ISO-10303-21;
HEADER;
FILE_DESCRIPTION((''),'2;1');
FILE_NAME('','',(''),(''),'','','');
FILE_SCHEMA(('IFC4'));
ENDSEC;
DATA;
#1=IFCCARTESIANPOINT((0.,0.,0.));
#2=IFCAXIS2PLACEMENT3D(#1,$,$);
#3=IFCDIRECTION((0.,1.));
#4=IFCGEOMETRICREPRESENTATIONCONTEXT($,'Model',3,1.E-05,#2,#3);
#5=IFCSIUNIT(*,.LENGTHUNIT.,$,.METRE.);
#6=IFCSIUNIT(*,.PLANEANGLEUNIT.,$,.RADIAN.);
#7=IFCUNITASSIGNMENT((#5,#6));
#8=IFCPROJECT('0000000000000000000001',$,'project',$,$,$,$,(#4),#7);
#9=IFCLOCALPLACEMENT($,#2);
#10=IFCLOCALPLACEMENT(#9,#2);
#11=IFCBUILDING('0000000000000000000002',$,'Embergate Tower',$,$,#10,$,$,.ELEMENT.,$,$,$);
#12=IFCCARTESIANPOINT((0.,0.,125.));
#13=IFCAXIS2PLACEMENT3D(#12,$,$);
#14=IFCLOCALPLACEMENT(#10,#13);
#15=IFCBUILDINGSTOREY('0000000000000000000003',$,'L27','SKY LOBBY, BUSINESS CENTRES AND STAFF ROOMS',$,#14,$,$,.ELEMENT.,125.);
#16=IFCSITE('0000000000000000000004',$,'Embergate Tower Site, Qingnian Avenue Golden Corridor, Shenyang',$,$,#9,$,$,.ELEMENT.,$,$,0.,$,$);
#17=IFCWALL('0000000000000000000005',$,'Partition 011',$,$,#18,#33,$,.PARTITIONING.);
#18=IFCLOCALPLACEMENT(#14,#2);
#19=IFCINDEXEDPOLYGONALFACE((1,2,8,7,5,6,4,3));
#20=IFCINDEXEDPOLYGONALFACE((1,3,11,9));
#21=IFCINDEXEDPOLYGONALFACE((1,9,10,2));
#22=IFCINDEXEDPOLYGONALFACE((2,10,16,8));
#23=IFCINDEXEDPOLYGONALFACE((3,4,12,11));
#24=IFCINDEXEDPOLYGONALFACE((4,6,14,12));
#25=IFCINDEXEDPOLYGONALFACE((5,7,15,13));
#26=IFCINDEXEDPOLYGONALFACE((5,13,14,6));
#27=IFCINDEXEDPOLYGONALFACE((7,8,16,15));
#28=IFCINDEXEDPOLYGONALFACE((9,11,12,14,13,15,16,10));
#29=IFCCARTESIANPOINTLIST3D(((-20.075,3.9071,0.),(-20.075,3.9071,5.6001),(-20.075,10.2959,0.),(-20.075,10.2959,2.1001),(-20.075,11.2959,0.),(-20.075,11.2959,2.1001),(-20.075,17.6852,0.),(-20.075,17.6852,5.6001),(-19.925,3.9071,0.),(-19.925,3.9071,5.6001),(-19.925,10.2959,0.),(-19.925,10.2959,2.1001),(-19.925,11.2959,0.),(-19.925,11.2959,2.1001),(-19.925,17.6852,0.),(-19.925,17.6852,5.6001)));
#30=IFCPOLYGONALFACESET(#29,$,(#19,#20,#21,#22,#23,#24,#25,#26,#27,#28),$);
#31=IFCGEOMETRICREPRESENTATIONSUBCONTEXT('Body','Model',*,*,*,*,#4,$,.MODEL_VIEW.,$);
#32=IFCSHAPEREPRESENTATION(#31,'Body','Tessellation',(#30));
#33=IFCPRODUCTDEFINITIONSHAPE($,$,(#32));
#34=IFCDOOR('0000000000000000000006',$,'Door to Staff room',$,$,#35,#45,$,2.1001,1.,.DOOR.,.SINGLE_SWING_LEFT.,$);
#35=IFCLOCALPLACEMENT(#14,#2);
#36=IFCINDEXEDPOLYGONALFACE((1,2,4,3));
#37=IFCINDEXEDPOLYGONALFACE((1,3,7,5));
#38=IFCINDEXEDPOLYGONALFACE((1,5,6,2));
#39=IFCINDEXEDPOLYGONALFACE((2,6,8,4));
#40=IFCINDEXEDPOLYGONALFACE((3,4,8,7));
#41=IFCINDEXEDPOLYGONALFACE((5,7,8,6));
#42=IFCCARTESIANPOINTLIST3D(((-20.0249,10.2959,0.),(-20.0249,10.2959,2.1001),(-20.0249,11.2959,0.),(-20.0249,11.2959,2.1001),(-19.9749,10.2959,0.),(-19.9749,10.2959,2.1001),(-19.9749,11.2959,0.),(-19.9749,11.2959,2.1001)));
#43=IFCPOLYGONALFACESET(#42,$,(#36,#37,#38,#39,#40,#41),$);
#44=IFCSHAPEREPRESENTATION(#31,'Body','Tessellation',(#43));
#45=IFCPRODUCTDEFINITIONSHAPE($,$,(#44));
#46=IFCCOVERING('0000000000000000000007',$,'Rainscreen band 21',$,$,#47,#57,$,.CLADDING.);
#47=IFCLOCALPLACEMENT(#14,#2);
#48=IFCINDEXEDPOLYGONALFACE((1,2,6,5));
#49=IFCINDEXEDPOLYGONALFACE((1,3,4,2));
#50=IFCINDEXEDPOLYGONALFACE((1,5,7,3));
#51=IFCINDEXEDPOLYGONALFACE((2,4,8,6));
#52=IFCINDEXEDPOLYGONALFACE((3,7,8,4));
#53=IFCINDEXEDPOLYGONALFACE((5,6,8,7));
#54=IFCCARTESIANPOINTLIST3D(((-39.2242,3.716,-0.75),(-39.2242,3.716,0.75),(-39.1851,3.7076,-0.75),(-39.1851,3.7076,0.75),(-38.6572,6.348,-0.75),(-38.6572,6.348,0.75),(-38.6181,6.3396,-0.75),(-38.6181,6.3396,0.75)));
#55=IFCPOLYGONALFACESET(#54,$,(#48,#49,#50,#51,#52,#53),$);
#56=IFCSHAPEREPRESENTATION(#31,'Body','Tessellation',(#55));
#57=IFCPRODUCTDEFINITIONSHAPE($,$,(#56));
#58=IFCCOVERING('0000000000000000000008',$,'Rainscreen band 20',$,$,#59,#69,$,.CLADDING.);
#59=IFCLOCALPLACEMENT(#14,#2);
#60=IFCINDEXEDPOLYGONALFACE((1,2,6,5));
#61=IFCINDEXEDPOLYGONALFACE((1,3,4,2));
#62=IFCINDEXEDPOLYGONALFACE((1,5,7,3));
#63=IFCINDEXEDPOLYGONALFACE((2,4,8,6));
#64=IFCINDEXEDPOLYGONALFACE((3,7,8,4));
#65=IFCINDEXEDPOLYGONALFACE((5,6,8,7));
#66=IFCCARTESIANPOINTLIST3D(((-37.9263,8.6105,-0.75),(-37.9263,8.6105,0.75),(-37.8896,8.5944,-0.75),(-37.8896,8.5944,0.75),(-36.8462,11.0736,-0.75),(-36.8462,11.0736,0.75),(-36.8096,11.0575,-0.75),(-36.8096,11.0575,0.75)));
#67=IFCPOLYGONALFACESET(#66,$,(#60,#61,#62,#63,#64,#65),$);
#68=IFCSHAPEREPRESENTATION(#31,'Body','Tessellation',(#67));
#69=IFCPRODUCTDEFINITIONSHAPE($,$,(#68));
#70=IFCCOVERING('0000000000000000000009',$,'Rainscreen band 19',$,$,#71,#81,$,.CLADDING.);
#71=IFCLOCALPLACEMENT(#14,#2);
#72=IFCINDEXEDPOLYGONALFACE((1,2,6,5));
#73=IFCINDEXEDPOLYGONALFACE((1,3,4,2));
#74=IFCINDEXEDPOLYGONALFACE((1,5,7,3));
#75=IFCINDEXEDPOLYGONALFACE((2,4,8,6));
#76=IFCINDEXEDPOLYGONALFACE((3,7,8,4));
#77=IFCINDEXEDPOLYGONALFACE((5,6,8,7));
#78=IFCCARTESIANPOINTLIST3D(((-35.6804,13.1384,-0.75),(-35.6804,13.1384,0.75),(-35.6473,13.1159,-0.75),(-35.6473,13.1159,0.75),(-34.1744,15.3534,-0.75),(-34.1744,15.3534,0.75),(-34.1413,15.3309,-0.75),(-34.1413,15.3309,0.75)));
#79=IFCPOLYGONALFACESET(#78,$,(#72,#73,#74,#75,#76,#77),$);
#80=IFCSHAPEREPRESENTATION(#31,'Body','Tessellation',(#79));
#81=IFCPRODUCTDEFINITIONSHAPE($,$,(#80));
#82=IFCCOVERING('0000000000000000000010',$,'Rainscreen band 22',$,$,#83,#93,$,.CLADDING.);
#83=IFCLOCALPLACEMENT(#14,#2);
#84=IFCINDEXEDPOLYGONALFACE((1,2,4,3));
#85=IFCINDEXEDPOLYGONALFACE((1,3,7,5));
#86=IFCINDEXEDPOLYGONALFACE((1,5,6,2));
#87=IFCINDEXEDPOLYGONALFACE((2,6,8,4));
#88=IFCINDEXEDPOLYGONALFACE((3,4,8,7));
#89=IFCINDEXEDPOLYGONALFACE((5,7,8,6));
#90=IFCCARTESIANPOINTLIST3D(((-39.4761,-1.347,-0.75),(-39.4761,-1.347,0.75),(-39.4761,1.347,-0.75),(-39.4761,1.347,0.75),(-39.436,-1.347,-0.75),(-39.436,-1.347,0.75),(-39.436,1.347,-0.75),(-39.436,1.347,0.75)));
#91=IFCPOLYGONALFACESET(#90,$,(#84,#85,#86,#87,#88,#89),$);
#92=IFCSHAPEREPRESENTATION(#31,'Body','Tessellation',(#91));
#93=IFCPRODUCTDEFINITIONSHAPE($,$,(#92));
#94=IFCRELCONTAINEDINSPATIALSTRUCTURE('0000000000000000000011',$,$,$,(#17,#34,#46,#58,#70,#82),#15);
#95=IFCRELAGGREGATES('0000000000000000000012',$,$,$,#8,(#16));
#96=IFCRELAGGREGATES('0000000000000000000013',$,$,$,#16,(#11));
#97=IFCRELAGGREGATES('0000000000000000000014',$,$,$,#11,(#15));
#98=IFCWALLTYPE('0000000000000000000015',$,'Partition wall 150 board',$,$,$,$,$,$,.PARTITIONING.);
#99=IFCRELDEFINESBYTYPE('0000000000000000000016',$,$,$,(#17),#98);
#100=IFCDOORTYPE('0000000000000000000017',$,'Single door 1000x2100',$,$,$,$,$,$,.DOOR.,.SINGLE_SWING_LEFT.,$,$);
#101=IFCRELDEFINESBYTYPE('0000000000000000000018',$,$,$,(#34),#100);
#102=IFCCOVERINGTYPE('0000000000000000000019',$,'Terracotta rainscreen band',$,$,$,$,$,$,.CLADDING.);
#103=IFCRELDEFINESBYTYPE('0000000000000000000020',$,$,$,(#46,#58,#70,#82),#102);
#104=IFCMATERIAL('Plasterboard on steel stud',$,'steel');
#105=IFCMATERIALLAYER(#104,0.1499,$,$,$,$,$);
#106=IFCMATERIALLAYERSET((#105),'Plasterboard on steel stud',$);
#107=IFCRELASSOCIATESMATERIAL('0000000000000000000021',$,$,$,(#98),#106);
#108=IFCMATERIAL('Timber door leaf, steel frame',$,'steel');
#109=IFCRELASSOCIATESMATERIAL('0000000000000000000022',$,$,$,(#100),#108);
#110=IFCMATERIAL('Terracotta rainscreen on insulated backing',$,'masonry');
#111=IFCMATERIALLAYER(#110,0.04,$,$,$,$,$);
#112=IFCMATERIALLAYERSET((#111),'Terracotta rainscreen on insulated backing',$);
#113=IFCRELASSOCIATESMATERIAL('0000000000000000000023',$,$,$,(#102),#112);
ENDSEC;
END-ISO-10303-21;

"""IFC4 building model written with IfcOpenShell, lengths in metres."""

from ifc_helpers import new_model, si_unit, direction, frame, frame_2d, origin, origin_2d, place, context, subcontext, project, spatial, rectangle, extrude, source, transform, mapped, material, layer, layer_set, type_object, element, fill, save


model = new_model("IFC4")

# Units and contexts
model_context = context("Model", 3, precision=1e-05, world=origin(), true_north=direction((0.0, 1.0)))
body_context = subcontext(model_context, "Body", "Model", "MODEL_VIEW")
ifc_project = project(units=[si_unit("LENGTHUNIT", "METRE"), si_unit("PLANEANGLEUNIT", "RADIAN")], contexts=[model_context])

# Site, building, storey
site_placement = place(None, origin())
site = spatial("IfcSite", under=ifc_project, at=site_placement, Name="Embergate Tower Site, Qingnian Avenue Golden Corridor, Shenyang", CompositionType="ELEMENT", RefElevation=0.0)
building_placement = place(site_placement, origin())
building = spatial("IfcBuilding", under=site, at=building_placement, Name="Embergate Tower", CompositionType="ELEMENT")
storey_placement = place(building_placement, frame((0.0, 0.0, 125.0)))
storey = spatial("IfcBuildingStorey", under=building, at=storey_placement, Name="L27", Description="SKY LOBBY, BUSINESS CENTRES AND STAFF ROOMS", CompositionType="ELEMENT", Elevation=125.0)

# Shared definitions
ifc_material_1 = material(Name="Plasterboard on steel stud", Category="steel")
ifc_layer_1 = layer(ifc_material_1, 0.1499)
ifc_layer_set_1 = layer_set([ifc_layer_1], Name="Plasterboard on steel stud")
wall_type = type_object("IfcWallType", Name="Partition wall 150 board", PredefinedType="PARTITIONING", material=ifc_layer_set_1)

# Wall, opening, door
shared_shape_1 = source(origin(), body_context, "Body", "SweptSolid", [
    extrude(rectangle(XDim=13.7781, YDim=0.1499, at=frame_2d((6.8892, 0.0))), origin(), (0.0, 0.0, 1.0), 5.6001),
])
wall_1_placement = place(storey_placement, frame((-20.0, 3.907, 0.0), z_axis=(0.0, 0.0, 1.0), x_axis=(0.0, 1.0, 0.0)))
wall_1 = element("IfcWall", 1, at=wall_1_placement, inside=storey, type_object=wall_type, Name="Partition 011", PredefinedType="PARTITIONING", context=body_context, shape_type="MappedRepresentation", body=[
    mapped(shared_shape_1, transform((0.0, 0.0, 0.0))),
])
shared_shape_2 = source(origin(), body_context, "Body", "SweptSolid", [
    extrude(rectangle(XDim=1.0, YDim=2.1001, at=frame_2d((0.5, 1.05))), frame((0.0, 0.085, 0.0), z_axis=(0.0, -1.0, 0.0), x_axis=(1.0, 0.0, 0.0)), (0.0, 0.0, 1.0), 0.1699),
])
opening_placement = place(wall_1_placement, frame((6.3889, 0.0, 0.0)))
opening = element("IfcOpeningElement", 2, at=opening_placement, cuts=wall_1, PredefinedType="OPENING", context=body_context, shape_type="MappedRepresentation", body=[
    mapped(shared_shape_2, transform((0.0, 0.0, 0.0))),
])
ifc_material_2 = material(Name="Timber door leaf, steel frame", Category="steel")
door_type = type_object("IfcDoorType", Name="Single door 1000x2100", OperationType="SINGLE_SWING_LEFT", PredefinedType="DOOR", material=ifc_material_2)
shared_shape_3 = source(origin(), body_context, "Body", "SweptSolid", [
    extrude(rectangle(XDim=1.0, YDim=2.1001, at=frame_2d((0.5, 1.05))), frame((0.0, 0.0249, 0.0), z_axis=(0.0, -1.0, 0.0), x_axis=(1.0, 0.0, 0.0)), (0.0, 0.0, 1.0), 0.05),
])
door_placement = place(opening_placement, origin())
door = element("IfcDoor", 3, at=door_placement, inside=storey, type_object=door_type, Name="Door to Staff room", OperationType="SINGLE_SWING_LEFT", OverallHeight=2.1001, OverallWidth=1.0, PredefinedType="DOOR", context=body_context, shape_type="MappedRepresentation", body=[
    mapped(shared_shape_3, transform((0.0, 0.0, 0.0))),
])
fill(opening, door)

# Coverings
ifc_material_3 = material(Name="Terracotta rainscreen on insulated backing", Category="masonry")
ifc_layer_2 = layer(ifc_material_3, 0.04)
ifc_layer_set_2 = layer_set([ifc_layer_2], Name="Terracotta rainscreen on insulated backing")
covering_type = type_object("IfcCoveringType", Name="Terracotta rainscreen band", PredefinedType="CLADDING", material=ifc_layer_set_2)
shared_shape_4 = source(origin(), body_context, "Body", "SweptSolid", [
    extrude(rectangle(XDim=2.6924, YDim=0.04, at=origin_2d()), origin(), (0.0, 0.0, 1.0), 1.5),
])
covering_1_placement = place(storey_placement, frame((-38.9211, 5.0278, -0.75), z_axis=(0.0, 0.0, 1.0), x_axis=(-0.210595, -0.977573, 0.0)))
element("IfcCovering", 4, at=covering_1_placement, inside=storey, type_object=covering_type, Name="Rainscreen band 21", PredefinedType="CLADDING", context=body_context, shape_type="MappedRepresentation", body=[
    mapped(shared_shape_4, transform((0.0, 0.0, 0.0))),
])
shared_shape_5 = source(origin(), body_context, "Body", "SweptSolid", [
    extrude(rectangle(XDim=2.6895, YDim=0.04, at=origin_2d()), origin(), (0.0, 0.0, 1.0), 1.5),
])
covering_2_placement = place(storey_placement, frame((-37.3679, 9.834, -0.75), z_axis=(0.0, 0.0, 1.0), x_axis=(-0.40158, -0.915824, 0.0)))
element("IfcCovering", 5, at=covering_2_placement, inside=storey, type_object=covering_type, Name="Rainscreen band 20", PredefinedType="CLADDING", context=body_context, shape_type="MappedRepresentation", body=[
    mapped(shared_shape_5, transform((0.0, 0.0, 0.0))),
])
shared_shape_6 = source(origin(), body_context, "Body", "SweptSolid", [
    extrude(rectangle(XDim=2.6785, YDim=0.04, at=origin_2d()), origin(), (0.0, 0.0, 1.0), 1.5),
])
covering_3_placement = place(storey_placement, frame((-34.9109, 14.2346, -0.75), z_axis=(0.0, 0.0, 1.0), x_axis=(-0.562259, -0.826961, 0.0)))
element("IfcCovering", 6, at=covering_3_placement, inside=storey, type_object=covering_type, Name="Rainscreen band 19", PredefinedType="CLADDING", context=body_context, shape_type="MappedRepresentation", body=[
    mapped(shared_shape_6, transform((0.0, 0.0, 0.0))),
])
shared_shape_7 = source(origin(), body_context, "Body", "SweptSolid", [
    extrude(rectangle(XDim=2.6941, YDim=0.04, at=origin_2d()), origin(), (0.0, 0.0, 1.0), 1.5),
])
covering_4_placement = place(storey_placement, frame((-39.4561, 0.0, -0.75), z_axis=(0.0, 0.0, 1.0), x_axis=(0.0, -1.0, 0.0)))
element("IfcCovering", 7, at=covering_4_placement, inside=storey, type_object=covering_type, Name="Rainscreen band 22", PredefinedType="CLADDING", context=body_context, shape_type="MappedRepresentation", body=[
    mapped(shared_shape_7, transform((0.0, 0.0, 0.0))),
])

save(model, "model.ifc")
